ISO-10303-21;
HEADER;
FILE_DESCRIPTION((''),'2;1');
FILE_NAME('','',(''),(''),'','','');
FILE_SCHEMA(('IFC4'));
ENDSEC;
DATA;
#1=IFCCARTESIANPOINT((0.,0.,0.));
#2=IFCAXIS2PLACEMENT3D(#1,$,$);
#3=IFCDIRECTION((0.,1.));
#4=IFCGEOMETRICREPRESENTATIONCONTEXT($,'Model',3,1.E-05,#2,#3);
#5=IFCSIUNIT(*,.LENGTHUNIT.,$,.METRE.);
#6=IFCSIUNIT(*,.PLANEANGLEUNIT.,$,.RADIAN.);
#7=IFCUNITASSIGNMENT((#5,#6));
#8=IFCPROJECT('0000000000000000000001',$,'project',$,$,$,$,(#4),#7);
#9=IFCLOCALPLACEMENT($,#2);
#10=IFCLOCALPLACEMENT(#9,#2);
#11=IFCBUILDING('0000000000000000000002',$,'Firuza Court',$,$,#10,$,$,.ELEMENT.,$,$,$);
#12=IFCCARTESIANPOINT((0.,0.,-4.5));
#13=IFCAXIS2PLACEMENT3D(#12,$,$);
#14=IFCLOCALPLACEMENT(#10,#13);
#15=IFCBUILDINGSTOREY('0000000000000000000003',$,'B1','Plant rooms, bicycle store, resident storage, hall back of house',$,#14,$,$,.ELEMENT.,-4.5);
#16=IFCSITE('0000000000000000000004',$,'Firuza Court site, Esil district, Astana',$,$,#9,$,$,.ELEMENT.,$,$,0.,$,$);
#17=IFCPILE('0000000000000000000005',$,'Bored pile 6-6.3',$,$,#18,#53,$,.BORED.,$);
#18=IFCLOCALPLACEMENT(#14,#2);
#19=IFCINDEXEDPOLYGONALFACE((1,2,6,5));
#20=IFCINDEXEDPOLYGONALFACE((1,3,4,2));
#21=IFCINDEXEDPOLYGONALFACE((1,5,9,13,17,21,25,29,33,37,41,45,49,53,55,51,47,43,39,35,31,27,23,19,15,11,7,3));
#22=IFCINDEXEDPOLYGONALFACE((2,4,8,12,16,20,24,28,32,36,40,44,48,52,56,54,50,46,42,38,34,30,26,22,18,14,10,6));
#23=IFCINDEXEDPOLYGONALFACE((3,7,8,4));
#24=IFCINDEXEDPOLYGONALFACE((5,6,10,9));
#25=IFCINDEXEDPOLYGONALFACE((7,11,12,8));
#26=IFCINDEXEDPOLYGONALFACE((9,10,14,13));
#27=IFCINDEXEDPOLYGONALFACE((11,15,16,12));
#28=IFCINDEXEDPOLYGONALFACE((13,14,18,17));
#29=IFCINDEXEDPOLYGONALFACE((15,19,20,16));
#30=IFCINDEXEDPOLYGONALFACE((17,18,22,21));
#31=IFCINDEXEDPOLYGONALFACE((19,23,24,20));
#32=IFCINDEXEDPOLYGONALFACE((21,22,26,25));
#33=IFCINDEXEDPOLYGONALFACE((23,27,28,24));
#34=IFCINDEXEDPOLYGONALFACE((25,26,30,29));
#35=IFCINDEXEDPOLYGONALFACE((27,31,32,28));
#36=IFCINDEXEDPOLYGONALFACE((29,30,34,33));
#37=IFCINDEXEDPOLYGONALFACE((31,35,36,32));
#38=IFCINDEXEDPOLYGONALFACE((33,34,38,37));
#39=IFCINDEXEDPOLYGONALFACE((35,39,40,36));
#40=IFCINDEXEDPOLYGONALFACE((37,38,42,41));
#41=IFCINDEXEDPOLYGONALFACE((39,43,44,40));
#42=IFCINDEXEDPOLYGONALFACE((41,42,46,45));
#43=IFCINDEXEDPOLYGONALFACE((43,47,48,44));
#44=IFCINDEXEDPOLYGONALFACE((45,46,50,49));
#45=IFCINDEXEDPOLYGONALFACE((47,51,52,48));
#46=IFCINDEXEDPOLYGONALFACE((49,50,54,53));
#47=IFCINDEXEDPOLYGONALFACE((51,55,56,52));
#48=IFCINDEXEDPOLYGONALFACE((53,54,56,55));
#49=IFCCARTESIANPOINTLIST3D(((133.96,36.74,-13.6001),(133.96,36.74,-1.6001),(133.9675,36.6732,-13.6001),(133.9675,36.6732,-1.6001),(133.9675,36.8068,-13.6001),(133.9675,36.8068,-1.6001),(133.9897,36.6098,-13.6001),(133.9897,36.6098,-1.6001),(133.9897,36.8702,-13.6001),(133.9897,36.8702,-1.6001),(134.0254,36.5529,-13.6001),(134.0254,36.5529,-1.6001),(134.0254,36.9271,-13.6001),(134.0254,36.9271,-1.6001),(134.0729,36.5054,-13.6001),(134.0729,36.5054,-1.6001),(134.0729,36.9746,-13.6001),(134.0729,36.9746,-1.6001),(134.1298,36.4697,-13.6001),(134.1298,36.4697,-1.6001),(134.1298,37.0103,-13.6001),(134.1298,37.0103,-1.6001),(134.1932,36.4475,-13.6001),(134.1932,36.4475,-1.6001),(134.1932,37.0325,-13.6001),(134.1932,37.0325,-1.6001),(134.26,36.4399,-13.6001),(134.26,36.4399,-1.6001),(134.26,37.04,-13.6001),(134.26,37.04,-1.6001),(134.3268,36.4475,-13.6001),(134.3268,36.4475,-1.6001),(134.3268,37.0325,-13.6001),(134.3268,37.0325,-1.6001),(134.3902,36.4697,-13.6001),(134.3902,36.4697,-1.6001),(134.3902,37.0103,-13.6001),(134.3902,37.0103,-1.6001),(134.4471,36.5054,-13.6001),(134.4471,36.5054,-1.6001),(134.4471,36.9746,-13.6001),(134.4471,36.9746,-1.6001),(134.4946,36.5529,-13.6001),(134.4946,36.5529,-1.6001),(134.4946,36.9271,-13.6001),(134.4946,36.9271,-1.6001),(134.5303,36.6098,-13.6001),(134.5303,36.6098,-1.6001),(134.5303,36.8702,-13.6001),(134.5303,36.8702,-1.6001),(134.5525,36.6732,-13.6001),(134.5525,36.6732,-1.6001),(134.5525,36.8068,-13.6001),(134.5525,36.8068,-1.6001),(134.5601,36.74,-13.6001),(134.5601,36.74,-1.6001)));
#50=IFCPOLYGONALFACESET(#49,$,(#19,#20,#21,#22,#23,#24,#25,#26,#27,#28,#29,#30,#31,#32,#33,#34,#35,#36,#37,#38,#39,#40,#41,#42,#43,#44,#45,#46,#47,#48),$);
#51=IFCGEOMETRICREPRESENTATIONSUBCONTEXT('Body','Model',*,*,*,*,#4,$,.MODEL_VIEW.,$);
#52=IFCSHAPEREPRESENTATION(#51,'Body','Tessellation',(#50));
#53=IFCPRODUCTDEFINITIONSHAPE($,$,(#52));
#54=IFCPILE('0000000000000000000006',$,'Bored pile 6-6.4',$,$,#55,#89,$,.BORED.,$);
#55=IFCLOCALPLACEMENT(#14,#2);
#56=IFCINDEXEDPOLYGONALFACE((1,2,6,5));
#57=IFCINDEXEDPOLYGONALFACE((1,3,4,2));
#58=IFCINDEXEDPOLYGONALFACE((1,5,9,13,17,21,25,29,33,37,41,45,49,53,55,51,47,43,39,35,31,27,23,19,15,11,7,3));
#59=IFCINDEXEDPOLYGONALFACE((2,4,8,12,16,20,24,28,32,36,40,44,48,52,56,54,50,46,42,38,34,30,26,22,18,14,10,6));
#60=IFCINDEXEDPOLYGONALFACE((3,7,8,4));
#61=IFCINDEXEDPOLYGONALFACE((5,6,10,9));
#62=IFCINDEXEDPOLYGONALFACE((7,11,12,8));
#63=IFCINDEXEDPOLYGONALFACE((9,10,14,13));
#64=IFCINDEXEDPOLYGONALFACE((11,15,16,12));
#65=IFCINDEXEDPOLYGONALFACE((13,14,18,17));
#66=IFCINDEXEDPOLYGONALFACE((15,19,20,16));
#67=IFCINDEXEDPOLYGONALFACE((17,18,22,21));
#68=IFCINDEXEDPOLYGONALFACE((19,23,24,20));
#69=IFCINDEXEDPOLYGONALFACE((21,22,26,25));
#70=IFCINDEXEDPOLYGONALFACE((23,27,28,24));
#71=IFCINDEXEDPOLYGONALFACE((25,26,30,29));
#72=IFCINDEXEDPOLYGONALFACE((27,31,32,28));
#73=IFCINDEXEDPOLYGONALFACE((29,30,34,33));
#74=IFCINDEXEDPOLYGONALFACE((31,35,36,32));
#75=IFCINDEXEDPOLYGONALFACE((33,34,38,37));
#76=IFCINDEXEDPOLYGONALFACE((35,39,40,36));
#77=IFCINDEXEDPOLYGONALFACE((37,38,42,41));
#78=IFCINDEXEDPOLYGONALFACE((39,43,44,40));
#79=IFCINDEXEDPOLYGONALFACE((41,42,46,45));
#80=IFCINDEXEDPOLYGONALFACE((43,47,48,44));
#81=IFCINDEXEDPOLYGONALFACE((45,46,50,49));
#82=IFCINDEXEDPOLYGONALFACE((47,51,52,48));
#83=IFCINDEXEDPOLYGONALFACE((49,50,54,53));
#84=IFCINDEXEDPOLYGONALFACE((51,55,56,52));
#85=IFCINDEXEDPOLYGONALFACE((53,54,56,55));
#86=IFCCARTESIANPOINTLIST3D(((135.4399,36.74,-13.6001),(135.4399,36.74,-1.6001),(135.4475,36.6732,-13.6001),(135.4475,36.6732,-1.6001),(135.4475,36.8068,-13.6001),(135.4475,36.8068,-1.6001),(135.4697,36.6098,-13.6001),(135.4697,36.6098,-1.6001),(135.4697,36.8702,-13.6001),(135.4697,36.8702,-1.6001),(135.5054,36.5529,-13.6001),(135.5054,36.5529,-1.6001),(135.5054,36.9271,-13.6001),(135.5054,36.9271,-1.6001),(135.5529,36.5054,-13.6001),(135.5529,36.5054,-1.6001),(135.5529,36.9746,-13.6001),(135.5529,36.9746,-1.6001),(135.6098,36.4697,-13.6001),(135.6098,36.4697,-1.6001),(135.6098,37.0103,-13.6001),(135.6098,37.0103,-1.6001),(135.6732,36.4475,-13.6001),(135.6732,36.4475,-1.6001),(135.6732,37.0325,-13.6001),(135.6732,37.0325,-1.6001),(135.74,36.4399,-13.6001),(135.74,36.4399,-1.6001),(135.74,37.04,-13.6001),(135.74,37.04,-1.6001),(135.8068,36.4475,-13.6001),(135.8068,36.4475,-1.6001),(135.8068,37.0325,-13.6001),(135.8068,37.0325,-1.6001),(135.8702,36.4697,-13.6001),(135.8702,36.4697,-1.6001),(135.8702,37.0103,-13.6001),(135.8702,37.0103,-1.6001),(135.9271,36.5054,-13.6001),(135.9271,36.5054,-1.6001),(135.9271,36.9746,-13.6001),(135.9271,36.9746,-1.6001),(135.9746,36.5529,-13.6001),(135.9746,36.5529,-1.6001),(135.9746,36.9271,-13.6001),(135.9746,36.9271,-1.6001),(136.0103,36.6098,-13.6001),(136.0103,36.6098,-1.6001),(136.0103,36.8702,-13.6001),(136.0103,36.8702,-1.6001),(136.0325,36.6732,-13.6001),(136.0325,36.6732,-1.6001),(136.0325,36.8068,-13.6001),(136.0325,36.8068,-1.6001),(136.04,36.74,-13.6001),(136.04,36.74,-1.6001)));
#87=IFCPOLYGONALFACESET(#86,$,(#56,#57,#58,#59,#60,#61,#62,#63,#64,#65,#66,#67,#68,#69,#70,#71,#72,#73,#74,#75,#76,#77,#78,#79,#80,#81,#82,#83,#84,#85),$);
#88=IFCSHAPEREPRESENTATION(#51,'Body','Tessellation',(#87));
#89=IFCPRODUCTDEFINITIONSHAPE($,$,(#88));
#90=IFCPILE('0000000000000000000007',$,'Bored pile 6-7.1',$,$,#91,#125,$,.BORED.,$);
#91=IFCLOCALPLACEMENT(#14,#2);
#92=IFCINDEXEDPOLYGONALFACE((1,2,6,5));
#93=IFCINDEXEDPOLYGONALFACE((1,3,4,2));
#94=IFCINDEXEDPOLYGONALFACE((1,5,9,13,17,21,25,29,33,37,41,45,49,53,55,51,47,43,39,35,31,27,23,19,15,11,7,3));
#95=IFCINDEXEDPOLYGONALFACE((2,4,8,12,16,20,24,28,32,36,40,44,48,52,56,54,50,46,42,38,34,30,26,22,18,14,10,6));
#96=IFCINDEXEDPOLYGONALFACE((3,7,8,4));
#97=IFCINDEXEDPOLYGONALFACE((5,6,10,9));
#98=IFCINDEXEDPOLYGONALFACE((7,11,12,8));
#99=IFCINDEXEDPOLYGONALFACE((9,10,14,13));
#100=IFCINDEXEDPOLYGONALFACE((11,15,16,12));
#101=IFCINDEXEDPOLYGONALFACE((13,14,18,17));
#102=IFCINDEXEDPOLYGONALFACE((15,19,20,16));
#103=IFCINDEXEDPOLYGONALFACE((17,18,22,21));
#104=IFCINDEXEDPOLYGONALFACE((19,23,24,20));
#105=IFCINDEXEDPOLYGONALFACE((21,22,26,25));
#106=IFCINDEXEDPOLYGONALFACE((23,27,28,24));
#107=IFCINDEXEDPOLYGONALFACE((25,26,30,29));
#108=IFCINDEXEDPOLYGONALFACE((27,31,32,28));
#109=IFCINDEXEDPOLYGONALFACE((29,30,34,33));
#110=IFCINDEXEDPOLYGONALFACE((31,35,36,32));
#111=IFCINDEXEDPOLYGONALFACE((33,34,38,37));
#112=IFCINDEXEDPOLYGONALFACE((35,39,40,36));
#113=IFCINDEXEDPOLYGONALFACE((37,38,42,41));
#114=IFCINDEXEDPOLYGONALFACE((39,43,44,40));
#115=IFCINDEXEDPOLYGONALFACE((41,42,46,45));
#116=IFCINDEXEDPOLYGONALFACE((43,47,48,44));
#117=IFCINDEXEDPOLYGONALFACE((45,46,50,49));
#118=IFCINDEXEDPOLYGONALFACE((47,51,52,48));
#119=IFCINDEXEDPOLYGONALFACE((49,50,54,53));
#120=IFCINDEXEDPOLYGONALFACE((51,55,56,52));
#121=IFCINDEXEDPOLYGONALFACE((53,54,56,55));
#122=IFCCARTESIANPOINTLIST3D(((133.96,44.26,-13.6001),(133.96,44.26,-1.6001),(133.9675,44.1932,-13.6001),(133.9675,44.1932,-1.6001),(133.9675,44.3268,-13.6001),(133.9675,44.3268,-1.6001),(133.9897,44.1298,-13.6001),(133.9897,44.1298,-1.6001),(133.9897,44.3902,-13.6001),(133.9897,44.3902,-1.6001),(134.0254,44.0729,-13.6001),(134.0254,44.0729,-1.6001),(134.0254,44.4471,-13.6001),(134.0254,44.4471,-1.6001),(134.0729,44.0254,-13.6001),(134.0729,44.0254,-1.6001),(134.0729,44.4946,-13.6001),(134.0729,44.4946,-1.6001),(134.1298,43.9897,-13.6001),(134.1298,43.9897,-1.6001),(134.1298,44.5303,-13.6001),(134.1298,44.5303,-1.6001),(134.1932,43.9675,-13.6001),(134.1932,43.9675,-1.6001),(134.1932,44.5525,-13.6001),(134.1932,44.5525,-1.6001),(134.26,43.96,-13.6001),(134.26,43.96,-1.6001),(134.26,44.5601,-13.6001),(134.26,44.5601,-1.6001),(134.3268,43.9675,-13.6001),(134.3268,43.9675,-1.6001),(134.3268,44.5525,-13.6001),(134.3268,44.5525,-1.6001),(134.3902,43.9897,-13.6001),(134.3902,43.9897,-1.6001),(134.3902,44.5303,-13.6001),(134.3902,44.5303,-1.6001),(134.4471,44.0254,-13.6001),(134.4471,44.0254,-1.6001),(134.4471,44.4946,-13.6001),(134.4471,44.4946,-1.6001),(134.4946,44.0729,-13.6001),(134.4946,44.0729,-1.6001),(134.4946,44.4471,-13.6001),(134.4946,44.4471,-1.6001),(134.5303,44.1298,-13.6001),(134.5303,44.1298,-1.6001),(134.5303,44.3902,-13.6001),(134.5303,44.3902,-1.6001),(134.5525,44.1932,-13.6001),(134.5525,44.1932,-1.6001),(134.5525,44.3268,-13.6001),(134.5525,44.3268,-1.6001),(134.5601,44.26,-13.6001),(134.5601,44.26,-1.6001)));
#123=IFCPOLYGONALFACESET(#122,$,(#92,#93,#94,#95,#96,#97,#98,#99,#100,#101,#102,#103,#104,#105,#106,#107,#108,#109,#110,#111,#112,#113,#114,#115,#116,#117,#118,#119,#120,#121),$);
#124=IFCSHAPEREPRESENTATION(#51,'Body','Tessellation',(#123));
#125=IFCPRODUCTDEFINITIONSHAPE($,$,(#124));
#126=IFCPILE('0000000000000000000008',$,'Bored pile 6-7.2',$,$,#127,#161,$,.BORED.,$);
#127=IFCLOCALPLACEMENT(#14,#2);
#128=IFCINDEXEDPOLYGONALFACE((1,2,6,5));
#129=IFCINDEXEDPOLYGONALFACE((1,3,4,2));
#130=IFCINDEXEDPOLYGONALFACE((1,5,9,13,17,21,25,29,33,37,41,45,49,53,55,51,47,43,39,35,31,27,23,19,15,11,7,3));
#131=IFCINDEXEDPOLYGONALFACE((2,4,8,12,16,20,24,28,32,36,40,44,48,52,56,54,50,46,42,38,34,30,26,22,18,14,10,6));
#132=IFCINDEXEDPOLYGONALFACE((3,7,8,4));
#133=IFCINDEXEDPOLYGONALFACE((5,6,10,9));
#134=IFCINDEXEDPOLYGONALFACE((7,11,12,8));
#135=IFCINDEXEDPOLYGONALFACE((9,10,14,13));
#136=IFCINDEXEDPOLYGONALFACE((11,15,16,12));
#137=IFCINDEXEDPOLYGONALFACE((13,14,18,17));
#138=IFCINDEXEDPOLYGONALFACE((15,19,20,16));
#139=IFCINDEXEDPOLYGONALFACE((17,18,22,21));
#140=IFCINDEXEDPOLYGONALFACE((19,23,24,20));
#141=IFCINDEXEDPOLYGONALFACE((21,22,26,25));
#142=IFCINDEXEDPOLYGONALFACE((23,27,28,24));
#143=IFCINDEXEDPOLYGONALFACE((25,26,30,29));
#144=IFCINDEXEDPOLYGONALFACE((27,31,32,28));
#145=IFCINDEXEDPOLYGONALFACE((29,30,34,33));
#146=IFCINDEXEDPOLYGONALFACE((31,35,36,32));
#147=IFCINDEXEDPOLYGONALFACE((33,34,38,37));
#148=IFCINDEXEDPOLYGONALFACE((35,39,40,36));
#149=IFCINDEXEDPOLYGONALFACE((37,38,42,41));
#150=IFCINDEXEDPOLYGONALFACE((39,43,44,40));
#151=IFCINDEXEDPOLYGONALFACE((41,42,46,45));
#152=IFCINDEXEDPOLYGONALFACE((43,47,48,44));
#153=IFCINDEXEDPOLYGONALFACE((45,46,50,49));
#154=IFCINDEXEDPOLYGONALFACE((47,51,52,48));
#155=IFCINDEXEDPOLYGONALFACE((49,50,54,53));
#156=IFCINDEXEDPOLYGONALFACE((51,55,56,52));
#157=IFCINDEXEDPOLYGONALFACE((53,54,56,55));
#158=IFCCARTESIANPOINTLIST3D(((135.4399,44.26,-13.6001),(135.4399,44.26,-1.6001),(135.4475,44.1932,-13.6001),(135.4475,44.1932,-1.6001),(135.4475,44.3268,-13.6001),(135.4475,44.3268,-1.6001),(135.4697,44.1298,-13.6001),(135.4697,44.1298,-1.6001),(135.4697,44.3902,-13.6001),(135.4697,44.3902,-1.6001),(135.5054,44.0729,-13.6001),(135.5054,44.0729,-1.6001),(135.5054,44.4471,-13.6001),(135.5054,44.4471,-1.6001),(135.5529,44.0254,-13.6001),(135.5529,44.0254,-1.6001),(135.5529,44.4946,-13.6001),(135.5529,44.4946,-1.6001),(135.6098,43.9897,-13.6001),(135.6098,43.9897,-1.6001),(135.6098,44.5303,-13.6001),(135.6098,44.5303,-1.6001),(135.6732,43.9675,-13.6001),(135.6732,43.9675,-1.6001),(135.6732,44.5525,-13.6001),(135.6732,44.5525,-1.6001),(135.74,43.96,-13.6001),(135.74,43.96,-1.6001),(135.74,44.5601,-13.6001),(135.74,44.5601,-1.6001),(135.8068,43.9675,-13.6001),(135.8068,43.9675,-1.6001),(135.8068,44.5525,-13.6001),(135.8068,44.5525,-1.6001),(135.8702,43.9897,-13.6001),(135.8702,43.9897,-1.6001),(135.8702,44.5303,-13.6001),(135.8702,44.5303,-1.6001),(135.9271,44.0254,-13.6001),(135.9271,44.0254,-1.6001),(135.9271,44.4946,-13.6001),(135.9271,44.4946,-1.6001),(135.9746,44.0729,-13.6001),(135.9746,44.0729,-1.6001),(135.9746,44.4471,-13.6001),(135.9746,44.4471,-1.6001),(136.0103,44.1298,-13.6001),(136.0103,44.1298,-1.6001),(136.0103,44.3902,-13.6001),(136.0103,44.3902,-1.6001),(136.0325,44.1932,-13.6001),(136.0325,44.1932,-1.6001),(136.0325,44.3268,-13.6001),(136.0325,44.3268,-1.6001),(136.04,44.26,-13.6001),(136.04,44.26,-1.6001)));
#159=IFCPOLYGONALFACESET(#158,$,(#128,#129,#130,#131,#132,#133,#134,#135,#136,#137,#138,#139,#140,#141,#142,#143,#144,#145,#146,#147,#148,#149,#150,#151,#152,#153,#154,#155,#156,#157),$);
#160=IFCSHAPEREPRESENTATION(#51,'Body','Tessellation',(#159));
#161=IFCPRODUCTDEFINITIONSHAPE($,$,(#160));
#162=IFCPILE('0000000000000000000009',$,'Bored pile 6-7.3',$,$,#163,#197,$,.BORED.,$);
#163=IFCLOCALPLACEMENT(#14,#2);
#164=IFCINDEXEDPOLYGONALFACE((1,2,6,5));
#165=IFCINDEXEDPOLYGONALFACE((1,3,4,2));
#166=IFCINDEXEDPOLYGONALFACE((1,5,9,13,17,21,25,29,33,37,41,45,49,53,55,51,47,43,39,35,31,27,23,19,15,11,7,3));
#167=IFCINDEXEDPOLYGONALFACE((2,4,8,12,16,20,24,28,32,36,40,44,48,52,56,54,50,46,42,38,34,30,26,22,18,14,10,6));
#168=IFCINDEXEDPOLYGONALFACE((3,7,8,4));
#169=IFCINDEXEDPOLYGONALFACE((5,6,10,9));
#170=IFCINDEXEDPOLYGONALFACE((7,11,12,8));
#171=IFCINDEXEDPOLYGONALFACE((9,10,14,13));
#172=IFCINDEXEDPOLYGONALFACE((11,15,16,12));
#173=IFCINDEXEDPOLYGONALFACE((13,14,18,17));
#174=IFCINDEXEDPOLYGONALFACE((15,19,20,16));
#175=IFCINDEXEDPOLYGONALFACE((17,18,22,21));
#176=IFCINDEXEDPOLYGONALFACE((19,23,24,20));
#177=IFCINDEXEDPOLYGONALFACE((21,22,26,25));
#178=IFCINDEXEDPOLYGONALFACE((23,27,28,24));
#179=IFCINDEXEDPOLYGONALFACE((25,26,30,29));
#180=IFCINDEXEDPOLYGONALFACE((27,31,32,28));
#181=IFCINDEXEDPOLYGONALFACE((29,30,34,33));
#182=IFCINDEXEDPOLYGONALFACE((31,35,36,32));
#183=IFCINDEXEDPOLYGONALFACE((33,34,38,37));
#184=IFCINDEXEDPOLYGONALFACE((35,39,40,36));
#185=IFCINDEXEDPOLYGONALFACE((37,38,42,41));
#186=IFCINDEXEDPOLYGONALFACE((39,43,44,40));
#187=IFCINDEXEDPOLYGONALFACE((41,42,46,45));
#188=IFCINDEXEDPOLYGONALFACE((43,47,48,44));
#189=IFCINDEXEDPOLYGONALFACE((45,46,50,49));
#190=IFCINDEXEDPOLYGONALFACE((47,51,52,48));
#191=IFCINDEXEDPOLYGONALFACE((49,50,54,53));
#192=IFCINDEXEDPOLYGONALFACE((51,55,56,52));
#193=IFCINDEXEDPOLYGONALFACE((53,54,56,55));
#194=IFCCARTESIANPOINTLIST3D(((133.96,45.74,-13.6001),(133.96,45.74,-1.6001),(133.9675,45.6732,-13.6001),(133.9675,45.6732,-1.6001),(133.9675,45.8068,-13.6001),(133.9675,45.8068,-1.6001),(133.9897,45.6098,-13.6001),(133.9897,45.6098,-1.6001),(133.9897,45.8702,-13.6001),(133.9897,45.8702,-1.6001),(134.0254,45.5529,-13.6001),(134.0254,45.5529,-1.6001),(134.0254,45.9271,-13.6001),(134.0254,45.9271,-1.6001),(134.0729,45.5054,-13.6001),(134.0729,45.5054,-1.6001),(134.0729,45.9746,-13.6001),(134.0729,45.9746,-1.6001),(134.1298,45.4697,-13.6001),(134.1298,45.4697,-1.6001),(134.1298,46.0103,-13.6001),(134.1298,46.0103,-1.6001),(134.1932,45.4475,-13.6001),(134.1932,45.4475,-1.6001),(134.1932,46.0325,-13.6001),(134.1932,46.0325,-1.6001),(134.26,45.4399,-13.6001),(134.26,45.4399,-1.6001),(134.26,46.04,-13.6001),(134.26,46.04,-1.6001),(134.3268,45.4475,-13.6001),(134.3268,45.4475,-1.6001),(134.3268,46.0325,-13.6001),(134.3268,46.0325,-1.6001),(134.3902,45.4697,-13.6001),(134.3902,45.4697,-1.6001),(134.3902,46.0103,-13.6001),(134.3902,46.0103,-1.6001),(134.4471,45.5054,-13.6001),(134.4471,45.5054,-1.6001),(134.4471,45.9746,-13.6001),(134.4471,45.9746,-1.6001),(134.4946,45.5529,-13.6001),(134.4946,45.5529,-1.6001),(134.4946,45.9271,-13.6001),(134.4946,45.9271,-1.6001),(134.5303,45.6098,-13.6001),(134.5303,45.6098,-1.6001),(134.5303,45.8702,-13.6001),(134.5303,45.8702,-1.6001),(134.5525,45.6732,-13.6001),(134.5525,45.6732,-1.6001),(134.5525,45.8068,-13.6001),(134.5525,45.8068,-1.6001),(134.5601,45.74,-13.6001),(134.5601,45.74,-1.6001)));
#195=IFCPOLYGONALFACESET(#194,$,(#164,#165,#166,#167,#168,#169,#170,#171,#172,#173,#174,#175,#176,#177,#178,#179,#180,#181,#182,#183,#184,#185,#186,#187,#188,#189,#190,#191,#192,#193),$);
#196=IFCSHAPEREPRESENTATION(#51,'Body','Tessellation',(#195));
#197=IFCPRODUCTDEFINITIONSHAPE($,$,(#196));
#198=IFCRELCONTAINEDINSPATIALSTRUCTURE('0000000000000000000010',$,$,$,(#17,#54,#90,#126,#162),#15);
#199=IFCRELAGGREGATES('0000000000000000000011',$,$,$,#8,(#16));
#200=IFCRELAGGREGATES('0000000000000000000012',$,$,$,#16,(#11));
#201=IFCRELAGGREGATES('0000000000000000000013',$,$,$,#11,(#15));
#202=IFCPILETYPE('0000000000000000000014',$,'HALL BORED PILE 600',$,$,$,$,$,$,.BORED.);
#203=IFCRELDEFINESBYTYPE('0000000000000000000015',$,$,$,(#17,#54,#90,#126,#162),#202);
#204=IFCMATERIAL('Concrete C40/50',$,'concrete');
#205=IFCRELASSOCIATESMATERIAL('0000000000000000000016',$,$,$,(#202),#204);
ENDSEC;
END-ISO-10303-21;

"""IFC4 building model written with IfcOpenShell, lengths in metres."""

from ifc_helpers import new_model, si_unit, direction, frame, origin, origin_2d, place, context, subcontext, project, spatial, circle, extrude, material, material_profile, profile_set, type_object, element, save


model = new_model("IFC4")

# Units and contexts
model_context = context("Model", 3, precision=1e-05, world=origin(), true_north=direction((0.0, 1.0)))
body_context = subcontext(model_context, "Body", "Model", "MODEL_VIEW")
ifc_project = project(units=[si_unit("LENGTHUNIT", "METRE"), si_unit("PLANEANGLEUNIT", "RADIAN")], contexts=[model_context])

# Site, building, storey
site_placement = place(None, origin())
site = spatial("IfcSite", under=ifc_project, at=site_placement, Name="Firuza Court site, Esil district, Astana", CompositionType="ELEMENT", RefElevation=0.0)
building_placement = place(site_placement, origin())
building = spatial("IfcBuilding", under=site, at=building_placement, Name="Firuza Court", CompositionType="ELEMENT")
storey_placement = place(building_placement, frame((0.0, 0.0, -4.5)))
storey = spatial("IfcBuildingStorey", under=building, at=storey_placement, Name="B1", Description="Plant rooms, bicycle store, resident storage, hall back of house", CompositionType="ELEMENT", Elevation=-4.5)

# Piles
ifc_material_1 = material(Name="Concrete C40/50", Category="concrete")
ifc_material_profile_1 = material_profile(ifc_material_1, circle(Radius=0.3, at=origin_2d()), Name="PILE 600")
ifc_profile_set_1 = profile_set([ifc_material_profile_1], Name="Concrete C40/50")
pile_type = type_object("IfcPileType", Name="HALL BORED PILE 600", PredefinedType="BORED", material=ifc_profile_set_1)
for number, where, z_axis, x_axis, name in (
    (1, (134.26, 36.74, -1.6001), (0.0, 0.0, -1.0), (1.0, 0.0, 0.0), "Bored pile 6-6.3"),
    (2, (135.74, 36.74, -1.6001), (0.0, 0.0, -1.0), (1.0, 0.0, 0.0), "Bored pile 6-6.4"),
    (3, (134.26, 44.26, -1.6001), (0.0, 0.0, -1.0), (1.0, 0.0, 0.0), "Bored pile 6-7.1"),
    (4, (135.74, 44.26, -1.6001), (0.0, 0.0, -1.0), (1.0, 0.0, 0.0), "Bored pile 6-7.2"),
    (5, (134.26, 45.74, -1.6001), (0.0, 0.0, -1.0), (1.0, 0.0, 0.0), "Bored pile 6-7.3"),
):
    element("IfcPile", number, at=place(storey_placement, frame(where, z_axis=z_axis, x_axis=x_axis)), inside=storey, type_object=pile_type, Name=name, PredefinedType="BORED", context=body_context, shape_type="SweptSolid", body=[
        extrude(circle(Radius=0.3, at=origin_2d()), origin(), (0.0, 0.0, 1.0), 12.0),
    ])

save(model, "model.ifc")
